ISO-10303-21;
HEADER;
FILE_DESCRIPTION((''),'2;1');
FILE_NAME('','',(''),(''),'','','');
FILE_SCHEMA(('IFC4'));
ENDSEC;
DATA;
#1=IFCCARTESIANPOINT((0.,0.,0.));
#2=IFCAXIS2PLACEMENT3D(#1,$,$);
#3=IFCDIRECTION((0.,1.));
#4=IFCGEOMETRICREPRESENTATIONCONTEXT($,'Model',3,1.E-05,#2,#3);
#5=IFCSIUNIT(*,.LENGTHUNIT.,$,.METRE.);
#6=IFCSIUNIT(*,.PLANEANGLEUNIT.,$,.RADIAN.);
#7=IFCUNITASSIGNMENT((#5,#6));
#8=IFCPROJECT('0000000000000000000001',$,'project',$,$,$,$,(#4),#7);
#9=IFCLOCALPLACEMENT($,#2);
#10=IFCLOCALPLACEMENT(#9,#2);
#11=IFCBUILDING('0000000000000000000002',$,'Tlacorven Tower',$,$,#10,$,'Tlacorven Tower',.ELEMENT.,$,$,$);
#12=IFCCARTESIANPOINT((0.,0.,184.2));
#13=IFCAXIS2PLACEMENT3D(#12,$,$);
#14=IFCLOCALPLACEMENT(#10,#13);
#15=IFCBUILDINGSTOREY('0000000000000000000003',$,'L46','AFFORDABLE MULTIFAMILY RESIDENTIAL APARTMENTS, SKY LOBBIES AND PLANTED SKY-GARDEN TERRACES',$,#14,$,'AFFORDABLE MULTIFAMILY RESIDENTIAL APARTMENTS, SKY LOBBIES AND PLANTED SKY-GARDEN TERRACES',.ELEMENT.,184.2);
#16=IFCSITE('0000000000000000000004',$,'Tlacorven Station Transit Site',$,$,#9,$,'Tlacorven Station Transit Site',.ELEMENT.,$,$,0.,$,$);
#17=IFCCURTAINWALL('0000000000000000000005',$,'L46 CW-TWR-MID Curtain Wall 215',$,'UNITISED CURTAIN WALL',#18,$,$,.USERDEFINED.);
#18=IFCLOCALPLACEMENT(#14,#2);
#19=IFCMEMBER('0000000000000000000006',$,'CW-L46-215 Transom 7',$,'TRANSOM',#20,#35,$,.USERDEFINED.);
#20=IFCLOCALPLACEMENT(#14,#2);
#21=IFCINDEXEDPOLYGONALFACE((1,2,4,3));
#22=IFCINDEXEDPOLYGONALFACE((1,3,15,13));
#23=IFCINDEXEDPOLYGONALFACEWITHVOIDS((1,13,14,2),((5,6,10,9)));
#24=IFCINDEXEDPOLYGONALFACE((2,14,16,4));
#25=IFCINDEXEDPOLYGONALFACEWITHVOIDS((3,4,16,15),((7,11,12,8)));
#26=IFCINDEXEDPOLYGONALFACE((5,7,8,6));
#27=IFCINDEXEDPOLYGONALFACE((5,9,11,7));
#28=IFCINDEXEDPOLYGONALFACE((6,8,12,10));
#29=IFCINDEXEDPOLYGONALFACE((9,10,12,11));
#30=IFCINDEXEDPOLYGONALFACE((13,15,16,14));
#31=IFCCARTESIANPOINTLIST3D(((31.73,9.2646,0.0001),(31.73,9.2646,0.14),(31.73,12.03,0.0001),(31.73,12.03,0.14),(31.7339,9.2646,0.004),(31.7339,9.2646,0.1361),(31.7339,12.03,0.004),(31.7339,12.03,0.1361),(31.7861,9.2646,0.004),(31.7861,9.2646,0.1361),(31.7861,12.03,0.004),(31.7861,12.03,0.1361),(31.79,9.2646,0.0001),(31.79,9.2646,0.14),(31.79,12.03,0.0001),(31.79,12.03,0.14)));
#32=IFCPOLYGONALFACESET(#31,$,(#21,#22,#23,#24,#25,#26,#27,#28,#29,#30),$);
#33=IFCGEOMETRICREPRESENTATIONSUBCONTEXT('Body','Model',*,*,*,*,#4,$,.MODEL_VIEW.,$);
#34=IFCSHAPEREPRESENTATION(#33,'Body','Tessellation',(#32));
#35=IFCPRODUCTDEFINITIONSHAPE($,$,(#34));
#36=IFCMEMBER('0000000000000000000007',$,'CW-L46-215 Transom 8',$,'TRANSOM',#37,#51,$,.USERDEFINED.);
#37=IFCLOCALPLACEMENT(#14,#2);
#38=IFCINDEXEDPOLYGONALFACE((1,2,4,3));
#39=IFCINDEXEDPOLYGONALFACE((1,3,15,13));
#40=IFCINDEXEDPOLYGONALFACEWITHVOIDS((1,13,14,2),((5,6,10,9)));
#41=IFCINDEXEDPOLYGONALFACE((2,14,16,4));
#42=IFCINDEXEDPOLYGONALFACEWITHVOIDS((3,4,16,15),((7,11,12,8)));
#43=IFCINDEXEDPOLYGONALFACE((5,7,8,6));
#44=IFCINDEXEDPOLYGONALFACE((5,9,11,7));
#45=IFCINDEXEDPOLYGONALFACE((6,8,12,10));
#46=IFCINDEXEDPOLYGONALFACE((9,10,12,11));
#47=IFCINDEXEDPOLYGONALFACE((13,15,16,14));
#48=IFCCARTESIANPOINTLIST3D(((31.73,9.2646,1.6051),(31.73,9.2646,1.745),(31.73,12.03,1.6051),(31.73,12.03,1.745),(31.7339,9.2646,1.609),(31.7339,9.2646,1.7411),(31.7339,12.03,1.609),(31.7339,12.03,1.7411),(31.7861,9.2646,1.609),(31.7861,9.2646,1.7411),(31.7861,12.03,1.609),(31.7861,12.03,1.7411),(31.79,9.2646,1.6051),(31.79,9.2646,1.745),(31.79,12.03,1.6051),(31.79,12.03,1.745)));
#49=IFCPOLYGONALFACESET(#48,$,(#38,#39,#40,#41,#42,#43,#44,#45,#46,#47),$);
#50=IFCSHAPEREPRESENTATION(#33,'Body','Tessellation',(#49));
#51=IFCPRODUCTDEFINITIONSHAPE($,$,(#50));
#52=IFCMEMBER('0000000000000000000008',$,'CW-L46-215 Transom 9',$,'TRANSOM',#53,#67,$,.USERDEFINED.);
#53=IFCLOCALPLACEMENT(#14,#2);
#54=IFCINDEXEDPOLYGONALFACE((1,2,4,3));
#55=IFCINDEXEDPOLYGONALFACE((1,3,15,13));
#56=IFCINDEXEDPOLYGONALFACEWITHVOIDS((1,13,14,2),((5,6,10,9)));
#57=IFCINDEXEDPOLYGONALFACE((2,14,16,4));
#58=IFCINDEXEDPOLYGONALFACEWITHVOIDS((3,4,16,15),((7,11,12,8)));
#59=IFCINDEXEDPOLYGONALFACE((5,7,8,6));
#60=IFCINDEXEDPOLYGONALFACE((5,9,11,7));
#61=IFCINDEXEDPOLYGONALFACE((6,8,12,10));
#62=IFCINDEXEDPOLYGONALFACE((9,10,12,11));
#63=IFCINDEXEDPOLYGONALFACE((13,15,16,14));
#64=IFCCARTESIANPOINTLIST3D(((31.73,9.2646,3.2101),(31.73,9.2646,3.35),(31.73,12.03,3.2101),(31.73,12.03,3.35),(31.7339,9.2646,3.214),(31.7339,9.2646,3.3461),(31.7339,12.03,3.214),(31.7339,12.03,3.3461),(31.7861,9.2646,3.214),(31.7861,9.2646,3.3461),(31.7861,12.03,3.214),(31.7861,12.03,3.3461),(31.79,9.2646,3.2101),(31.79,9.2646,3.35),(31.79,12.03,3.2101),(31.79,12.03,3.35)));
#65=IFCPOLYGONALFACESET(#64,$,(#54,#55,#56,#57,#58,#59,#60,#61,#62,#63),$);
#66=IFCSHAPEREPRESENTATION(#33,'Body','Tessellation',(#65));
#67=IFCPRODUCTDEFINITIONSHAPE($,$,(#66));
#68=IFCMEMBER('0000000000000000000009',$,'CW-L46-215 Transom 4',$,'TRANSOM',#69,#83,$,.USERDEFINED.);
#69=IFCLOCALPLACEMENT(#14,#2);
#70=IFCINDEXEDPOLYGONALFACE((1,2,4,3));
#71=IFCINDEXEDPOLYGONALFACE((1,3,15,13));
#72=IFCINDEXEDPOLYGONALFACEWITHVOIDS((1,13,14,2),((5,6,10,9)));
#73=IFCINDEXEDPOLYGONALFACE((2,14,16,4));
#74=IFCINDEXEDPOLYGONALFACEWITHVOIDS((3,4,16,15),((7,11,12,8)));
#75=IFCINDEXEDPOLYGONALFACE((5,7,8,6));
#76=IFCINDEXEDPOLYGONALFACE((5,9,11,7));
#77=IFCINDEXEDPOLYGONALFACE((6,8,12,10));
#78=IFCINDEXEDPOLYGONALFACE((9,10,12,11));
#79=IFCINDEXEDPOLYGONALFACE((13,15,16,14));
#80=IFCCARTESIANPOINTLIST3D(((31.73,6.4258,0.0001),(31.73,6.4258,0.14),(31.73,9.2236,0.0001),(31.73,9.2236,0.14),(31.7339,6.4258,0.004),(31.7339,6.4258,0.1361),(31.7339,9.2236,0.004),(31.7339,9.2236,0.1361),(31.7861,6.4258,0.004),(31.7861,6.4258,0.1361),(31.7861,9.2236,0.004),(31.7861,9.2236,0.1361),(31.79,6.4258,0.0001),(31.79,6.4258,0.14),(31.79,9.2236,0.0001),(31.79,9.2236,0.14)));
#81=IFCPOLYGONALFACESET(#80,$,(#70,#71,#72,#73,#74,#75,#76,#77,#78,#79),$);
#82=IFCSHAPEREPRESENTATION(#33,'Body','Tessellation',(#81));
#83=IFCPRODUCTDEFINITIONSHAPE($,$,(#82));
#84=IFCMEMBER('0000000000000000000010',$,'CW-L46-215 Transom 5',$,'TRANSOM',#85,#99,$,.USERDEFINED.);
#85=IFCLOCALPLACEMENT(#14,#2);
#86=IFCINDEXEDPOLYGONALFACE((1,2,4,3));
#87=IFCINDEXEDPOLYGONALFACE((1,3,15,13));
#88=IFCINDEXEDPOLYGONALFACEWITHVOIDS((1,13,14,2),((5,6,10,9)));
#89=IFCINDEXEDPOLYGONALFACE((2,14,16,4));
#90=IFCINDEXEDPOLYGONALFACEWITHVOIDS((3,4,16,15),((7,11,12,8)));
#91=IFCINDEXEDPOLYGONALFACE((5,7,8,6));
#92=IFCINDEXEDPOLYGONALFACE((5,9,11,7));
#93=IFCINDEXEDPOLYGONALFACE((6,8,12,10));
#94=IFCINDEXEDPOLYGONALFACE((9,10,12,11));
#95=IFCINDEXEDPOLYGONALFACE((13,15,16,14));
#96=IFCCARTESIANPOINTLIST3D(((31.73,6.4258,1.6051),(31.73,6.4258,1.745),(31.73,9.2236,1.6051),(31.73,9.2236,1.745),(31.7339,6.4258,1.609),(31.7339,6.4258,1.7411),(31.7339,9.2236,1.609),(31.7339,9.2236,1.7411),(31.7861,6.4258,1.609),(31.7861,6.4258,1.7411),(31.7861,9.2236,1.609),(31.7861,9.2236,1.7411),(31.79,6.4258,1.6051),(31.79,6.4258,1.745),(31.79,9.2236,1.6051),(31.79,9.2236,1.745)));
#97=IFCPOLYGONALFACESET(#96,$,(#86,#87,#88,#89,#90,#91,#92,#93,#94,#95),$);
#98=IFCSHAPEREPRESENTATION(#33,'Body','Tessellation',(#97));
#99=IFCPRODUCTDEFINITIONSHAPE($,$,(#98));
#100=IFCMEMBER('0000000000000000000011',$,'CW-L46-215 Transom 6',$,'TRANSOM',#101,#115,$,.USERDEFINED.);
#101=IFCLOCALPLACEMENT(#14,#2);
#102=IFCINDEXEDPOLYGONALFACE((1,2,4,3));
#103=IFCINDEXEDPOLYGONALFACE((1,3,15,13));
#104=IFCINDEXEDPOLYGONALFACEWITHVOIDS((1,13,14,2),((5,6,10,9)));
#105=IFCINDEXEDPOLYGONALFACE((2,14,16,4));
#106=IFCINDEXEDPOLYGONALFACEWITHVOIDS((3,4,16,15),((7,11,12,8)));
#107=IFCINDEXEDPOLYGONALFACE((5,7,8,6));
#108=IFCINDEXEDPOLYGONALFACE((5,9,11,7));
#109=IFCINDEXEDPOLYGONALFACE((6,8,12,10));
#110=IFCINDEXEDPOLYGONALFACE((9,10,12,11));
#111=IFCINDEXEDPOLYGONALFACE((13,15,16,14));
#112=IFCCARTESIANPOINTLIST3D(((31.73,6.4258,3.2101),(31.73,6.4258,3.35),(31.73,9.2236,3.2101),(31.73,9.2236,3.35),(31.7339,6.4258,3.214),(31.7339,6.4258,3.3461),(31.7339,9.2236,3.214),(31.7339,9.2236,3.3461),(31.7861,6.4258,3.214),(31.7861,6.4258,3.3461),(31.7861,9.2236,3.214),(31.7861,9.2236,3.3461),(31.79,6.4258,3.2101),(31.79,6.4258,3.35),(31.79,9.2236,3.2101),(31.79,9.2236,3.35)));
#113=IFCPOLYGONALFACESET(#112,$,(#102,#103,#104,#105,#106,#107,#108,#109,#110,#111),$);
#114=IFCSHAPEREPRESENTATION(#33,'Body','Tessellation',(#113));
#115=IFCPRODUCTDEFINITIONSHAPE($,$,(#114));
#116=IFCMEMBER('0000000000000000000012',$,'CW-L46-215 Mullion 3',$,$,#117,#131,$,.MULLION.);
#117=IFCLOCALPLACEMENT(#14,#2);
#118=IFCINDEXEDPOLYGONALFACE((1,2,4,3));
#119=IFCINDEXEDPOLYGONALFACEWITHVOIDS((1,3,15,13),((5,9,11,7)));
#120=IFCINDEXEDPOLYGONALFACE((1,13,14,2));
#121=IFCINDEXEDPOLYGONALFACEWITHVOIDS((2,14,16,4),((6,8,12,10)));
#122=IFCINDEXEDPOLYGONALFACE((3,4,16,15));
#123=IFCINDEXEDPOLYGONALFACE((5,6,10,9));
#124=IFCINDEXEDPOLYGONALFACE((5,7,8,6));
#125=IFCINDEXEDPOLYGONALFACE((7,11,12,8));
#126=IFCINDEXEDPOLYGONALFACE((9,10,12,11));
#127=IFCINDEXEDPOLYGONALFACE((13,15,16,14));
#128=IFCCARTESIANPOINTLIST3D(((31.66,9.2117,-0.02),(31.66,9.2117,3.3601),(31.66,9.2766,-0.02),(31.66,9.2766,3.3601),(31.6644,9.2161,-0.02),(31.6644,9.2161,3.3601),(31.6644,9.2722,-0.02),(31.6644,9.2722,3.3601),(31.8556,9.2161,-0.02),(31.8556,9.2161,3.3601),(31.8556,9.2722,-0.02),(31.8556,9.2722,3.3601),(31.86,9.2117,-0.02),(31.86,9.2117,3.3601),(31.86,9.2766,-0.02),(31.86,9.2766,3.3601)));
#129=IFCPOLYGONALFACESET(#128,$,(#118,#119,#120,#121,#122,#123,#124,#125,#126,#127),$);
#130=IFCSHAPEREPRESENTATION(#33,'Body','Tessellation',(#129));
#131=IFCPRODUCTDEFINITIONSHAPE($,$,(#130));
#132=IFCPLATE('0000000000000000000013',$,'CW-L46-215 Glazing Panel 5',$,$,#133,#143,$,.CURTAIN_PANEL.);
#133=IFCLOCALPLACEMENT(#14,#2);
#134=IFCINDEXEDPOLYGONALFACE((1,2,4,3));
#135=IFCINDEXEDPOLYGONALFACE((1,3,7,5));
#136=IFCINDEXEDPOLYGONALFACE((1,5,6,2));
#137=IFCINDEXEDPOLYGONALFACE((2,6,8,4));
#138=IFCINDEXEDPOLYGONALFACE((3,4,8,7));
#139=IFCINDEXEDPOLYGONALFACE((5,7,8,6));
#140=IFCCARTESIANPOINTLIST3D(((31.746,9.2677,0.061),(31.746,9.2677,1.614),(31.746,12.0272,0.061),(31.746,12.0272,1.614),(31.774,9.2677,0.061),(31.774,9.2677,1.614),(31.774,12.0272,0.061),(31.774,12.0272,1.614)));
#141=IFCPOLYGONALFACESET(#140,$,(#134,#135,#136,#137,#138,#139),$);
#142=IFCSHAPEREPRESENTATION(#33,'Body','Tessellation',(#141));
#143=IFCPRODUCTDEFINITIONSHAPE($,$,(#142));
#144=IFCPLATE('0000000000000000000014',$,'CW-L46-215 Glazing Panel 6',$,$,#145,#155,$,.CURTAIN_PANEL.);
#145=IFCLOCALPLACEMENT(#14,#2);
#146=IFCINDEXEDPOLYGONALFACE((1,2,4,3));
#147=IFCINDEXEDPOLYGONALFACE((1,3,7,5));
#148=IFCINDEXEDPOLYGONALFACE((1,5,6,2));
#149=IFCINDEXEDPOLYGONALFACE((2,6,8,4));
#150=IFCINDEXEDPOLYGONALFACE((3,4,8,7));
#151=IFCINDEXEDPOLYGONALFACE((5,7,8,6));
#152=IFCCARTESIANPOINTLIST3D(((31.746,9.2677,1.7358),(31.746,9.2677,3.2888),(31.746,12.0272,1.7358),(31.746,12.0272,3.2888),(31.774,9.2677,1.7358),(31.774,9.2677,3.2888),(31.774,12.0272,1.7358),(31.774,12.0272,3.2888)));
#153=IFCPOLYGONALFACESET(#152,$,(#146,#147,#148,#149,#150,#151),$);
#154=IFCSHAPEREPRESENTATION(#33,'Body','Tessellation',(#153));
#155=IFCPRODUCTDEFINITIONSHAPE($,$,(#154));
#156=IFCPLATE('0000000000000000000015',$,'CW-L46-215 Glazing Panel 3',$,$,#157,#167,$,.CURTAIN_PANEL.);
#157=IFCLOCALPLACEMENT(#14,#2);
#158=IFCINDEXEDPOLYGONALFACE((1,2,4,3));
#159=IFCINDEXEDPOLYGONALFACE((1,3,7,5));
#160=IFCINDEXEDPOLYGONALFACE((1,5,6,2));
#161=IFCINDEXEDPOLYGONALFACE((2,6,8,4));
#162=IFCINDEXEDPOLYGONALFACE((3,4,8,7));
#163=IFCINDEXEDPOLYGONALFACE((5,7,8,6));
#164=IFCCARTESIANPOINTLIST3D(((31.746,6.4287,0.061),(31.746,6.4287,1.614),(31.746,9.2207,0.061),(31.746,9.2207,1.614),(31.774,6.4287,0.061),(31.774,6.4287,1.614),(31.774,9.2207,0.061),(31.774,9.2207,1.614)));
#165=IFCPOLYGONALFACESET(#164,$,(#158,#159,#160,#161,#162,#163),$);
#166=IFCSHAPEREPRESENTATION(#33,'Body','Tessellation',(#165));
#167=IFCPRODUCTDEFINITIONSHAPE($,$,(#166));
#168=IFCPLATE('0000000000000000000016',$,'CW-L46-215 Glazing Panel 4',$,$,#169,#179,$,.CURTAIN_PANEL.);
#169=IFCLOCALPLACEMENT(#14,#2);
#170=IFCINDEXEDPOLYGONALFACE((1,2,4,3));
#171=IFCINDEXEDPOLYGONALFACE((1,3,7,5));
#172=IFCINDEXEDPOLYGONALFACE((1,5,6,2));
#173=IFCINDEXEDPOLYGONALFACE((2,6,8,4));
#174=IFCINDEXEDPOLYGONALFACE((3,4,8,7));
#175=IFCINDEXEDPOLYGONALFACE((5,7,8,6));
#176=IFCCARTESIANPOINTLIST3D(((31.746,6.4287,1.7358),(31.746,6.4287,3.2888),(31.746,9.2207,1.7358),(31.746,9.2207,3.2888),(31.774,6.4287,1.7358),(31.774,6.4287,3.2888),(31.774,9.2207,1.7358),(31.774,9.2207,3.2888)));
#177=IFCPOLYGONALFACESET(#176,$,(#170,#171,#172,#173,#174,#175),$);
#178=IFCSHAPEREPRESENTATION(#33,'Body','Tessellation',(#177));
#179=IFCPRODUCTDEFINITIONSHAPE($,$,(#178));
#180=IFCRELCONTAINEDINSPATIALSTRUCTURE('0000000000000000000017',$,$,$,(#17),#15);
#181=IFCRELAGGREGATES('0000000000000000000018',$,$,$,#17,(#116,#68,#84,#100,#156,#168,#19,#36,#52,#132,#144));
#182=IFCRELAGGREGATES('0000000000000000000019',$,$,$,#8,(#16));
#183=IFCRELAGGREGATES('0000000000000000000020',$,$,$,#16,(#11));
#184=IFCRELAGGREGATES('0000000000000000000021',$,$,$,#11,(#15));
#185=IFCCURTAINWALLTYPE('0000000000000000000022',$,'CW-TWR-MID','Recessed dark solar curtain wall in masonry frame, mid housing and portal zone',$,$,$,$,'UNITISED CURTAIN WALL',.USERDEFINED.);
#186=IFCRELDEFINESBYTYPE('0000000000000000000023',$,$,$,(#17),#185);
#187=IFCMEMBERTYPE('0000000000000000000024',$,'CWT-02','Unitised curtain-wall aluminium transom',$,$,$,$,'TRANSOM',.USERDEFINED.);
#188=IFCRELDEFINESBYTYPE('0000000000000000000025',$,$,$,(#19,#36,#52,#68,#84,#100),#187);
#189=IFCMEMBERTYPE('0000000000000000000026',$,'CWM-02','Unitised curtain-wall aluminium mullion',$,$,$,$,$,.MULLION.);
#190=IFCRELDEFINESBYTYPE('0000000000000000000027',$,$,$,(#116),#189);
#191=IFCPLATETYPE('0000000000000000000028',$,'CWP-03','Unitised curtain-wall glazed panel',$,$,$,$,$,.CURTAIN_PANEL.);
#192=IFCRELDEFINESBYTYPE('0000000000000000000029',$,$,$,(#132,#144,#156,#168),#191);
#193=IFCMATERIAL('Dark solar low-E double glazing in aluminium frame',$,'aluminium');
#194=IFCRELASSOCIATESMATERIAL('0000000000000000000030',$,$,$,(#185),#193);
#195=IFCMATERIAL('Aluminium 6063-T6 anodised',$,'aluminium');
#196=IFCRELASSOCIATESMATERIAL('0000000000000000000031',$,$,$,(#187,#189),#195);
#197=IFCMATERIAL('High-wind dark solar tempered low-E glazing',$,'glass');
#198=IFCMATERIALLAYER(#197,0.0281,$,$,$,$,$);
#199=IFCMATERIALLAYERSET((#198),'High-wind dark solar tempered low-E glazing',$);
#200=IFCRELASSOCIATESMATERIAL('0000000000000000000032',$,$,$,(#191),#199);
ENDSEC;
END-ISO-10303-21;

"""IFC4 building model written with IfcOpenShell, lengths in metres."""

from ifc_helpers import new_model, si_unit, direction, frame, origin, origin_2d, place, context, subcontext, project, spatial, rectangle, hollow_rectangle, extrude, source, transform, mapped, material, layer, layer_set, material_profile, profile_set, type_object, element, aggregate, save


model = new_model("IFC4")

# Units and contexts
model_context = context("Model", 3, precision=1e-05, world=origin(), true_north=direction((0.0, 1.0)))
body_context = subcontext(model_context, "Body", "Model", "MODEL_VIEW")
ifc_project = project(units=[si_unit("LENGTHUNIT", "METRE"), si_unit("PLANEANGLEUNIT", "RADIAN")], contexts=[model_context])

# Site, building, storey
site_placement = place(None, origin())
site = spatial("IfcSite", under=ifc_project, at=site_placement, Name="Tlacorven Station Transit Site", LongName="Tlacorven Station Transit Site", CompositionType="ELEMENT", RefElevation=0.0)
building_placement = place(site_placement, origin())
building = spatial("IfcBuilding", under=site, at=building_placement, Name="Tlacorven Tower", LongName="Tlacorven Tower", CompositionType="ELEMENT")
storey_placement = place(building_placement, frame((0.0, 0.0, 184.2)))
storey = spatial("IfcBuildingStorey", under=building, at=storey_placement, Name="L46", Description="AFFORDABLE MULTIFAMILY RESIDENTIAL APARTMENTS, SKY LOBBIES AND PLANTED SKY-GARDEN TERRACES", LongName="AFFORDABLE MULTIFAMILY RESIDENTIAL APARTMENTS, SKY LOBBIES AND PLANTED SKY-GARDEN TERRACES", CompositionType="ELEMENT", Elevation=184.2)

# Curtain wall, members, plates
ifc_material_1 = material(Name="Dark solar low-E double glazing in aluminium frame", Category="aluminium")
curtain_wall_type = type_object("IfcCurtainWallType", Name="CW-TWR-MID", Description="Recessed dark solar curtain wall in masonry frame, mid housing and portal zone", ElementType="UNITISED CURTAIN WALL", PredefinedType="USERDEFINED", material=ifc_material_1)
curtain_wall_placement = place(storey_placement, origin())
curtain_wall = element("IfcCurtainWall", 1, at=curtain_wall_placement, inside=storey, type_object=curtain_wall_type, Name="L46 CW-TWR-MID Curtain Wall 215", ObjectType="UNITISED CURTAIN WALL", PredefinedType="USERDEFINED")
ifc_material_2 = material(Name="Aluminium 6063-T6 anodised", Category="aluminium")
ifc_material_profile_1 = material_profile(ifc_material_2, hollow_rectangle(XDim=0.0601, YDim=0.1399, WallThickness=0.0039, at=origin_2d()), Name="ALU TRANSOM 60X140")
ifc_profile_set_1 = profile_set([ifc_material_profile_1], Name="Aluminium 6063-T6 anodised")
member_type_1 = type_object("IfcMemberType", Name="CWT-02", Description="Unitised curtain-wall aluminium transom", ElementType="TRANSOM", PredefinedType="USERDEFINED", material=ifc_profile_set_1)
shared_shape_1 = source(origin(), body_context, "Body", "SweptSolid", [
    extrude(hollow_rectangle(XDim=0.0601, YDim=0.1399, WallThickness=0.0039, at=origin_2d()), origin(), (0.0, 0.0, 1.0), 2.7654),
])
member_1_placement = place(storey_placement, frame((31.76, 9.2646, 0.0701), z_axis=(0.0, 1.0, 0.0), x_axis=(-1.0, 0.0, 0.0)))
member_1 = element("IfcMember", 2, at=member_1_placement, type_object=member_type_1, Name="CW-L46-215 Transom 7", ObjectType="TRANSOM", PredefinedType="USERDEFINED", context=body_context, shape_type="MappedRepresentation", body=[
    mapped(shared_shape_1, transform((0.0, 0.0, 0.0), scale=1.0)),
])
member_2_placement = place(storey_placement, frame((31.76, 9.2646, 1.675), z_axis=(0.0, 1.0, 0.0), x_axis=(-1.0, 0.0, 0.0)))
member_2 = element("IfcMember", 3, at=member_2_placement, type_object=member_type_1, Name="CW-L46-215 Transom 8", ObjectType="TRANSOM", PredefinedType="USERDEFINED", context=body_context, shape_type="MappedRepresentation", body=[
    mapped(shared_shape_1, transform((0.0, 0.0, 0.0), scale=1.0)),
])
member_3_placement = place(storey_placement, frame((31.76, 9.2646, 3.28), z_axis=(0.0, 1.0, 0.0), x_axis=(-1.0, 0.0, 0.0)))
member_3 = element("IfcMember", 4, at=member_3_placement, type_object=member_type_1, Name="CW-L46-215 Transom 9", ObjectType="TRANSOM", PredefinedType="USERDEFINED", context=body_context, shape_type="MappedRepresentation", body=[
    mapped(shared_shape_1, transform((0.0, 0.0, 0.0), scale=1.0)),
])
shared_shape_2 = source(origin(), body_context, "Body", "SweptSolid", [
    extrude(hollow_rectangle(XDim=0.0601, YDim=0.1399, WallThickness=0.0039, at=origin_2d()), origin(), (0.0, 0.0, 1.0), 2.7979),
])
member_4_placement = place(storey_placement, frame((31.76, 6.4258, 0.0701), z_axis=(0.0, 1.0, 0.0), x_axis=(-1.0, 0.0, 0.0)))
member_4 = element("IfcMember", 5, at=member_4_placement, type_object=member_type_1, Name="CW-L46-215 Transom 4", ObjectType="TRANSOM", PredefinedType="USERDEFINED", context=body_context, shape_type="MappedRepresentation", body=[
    mapped(shared_shape_2, transform((0.0, 0.0, 0.0), scale=1.0)),
])
member_5_placement = place(storey_placement, frame((31.76, 6.4258, 1.675), z_axis=(0.0, 1.0, 0.0), x_axis=(-1.0, 0.0, 0.0)))
member_5 = element("IfcMember", 6, at=member_5_placement, type_object=member_type_1, Name="CW-L46-215 Transom 5", ObjectType="TRANSOM", PredefinedType="USERDEFINED", context=body_context, shape_type="MappedRepresentation", body=[
    mapped(shared_shape_2, transform((0.0, 0.0, 0.0), scale=1.0)),
])
member_6_placement = place(storey_placement, frame((31.76, 6.4258, 3.28), z_axis=(0.0, 1.0, 0.0), x_axis=(-1.0, 0.0, 0.0)))
member_6 = element("IfcMember", 7, at=member_6_placement, type_object=member_type_1, Name="CW-L46-215 Transom 6", ObjectType="TRANSOM", PredefinedType="USERDEFINED", context=body_context, shape_type="MappedRepresentation", body=[
    mapped(shared_shape_2, transform((0.0, 0.0, 0.0), scale=1.0)),
])
ifc_material_profile_2 = material_profile(ifc_material_2, hollow_rectangle(XDim=0.0649, YDim=0.2, WallThickness=0.0044, at=origin_2d()), Name="ALU MULLION 65X200")
ifc_profile_set_2 = profile_set([ifc_material_profile_2], Name="Aluminium 6063-T6 anodised")
member_type_2 = type_object("IfcMemberType", Name="CWM-02", Description="Unitised curtain-wall aluminium mullion", PredefinedType="MULLION", material=ifc_profile_set_2)
shared_shape_3 = source(origin(), body_context, "Body", "SweptSolid", [
    extrude(hollow_rectangle(XDim=0.0649, YDim=0.2, WallThickness=0.0044, at=origin_2d()), origin(), (0.0, 0.0, 1.0), 3.3801),
])
member_7_placement = place(storey_placement, frame((31.76, 9.2441, -0.02), z_axis=(0.0, 0.0, 1.0), x_axis=(0.0, 1.0, 0.0)))
member_7 = element("IfcMember", 8, at=member_7_placement, type_object=member_type_2, Name="CW-L46-215 Mullion 3", PredefinedType="MULLION", context=body_context, shape_type="MappedRepresentation", body=[
    mapped(shared_shape_3, transform((0.0, 0.0, 0.0), scale=1.0)),
])
ifc_material_3 = material(Name="High-wind dark solar tempered low-E glazing", Category="glass")
ifc_layer = layer(ifc_material_3, 0.0281)
ifc_layer_set = layer_set([ifc_layer], Name="High-wind dark solar tempered low-E glazing")
plate_type = type_object("IfcPlateType", Name="CWP-03", Description="Unitised curtain-wall glazed panel", PredefinedType="CURTAIN_PANEL", material=ifc_layer_set)
shared_shape_4 = source(origin(), body_context, "Body", "SweptSolid", [
    extrude(rectangle(XDim=2.7595, YDim=0.0281, at=origin_2d()), origin(), (0.0, 0.0, 1.0), 1.553),
])
plate_1_placement = place(storey_placement, frame((31.76, 10.6475, 0.061), z_axis=(0.0, 0.0, 1.0), x_axis=(0.0, 1.0, 0.0)))
plate_1 = element("IfcPlate", 9, at=plate_1_placement, type_object=plate_type, Name="CW-L46-215 Glazing Panel 5", PredefinedType="CURTAIN_PANEL", context=body_context, shape_type="MappedRepresentation", body=[
    mapped(shared_shape_4, transform((0.0, 0.0, 0.0), scale=1.0)),
])
plate_2_placement = place(storey_placement, frame((31.76, 10.6475, 1.7358), z_axis=(0.0, 0.0, 1.0), x_axis=(0.0, 1.0, 0.0)))
plate_2 = element("IfcPlate", 10, at=plate_2_placement, type_object=plate_type, Name="CW-L46-215 Glazing Panel 6", PredefinedType="CURTAIN_PANEL", context=body_context, shape_type="MappedRepresentation", body=[
    mapped(shared_shape_4, transform((0.0, 0.0, 0.0), scale=1.0)),
])
shared_shape_5 = source(origin(), body_context, "Body", "SweptSolid", [
    extrude(rectangle(XDim=2.792, YDim=0.0281, at=origin_2d()), origin(), (0.0, 0.0, 1.0), 1.553),
])
plate_3_placement = place(storey_placement, frame((31.76, 7.8247, 0.061), z_axis=(0.0, 0.0, 1.0), x_axis=(0.0, 1.0, 0.0)))
plate_3 = element("IfcPlate", 11, at=plate_3_placement, type_object=plate_type, Name="CW-L46-215 Glazing Panel 3", PredefinedType="CURTAIN_PANEL", context=body_context, shape_type="MappedRepresentation", body=[
    mapped(shared_shape_5, transform((0.0, 0.0, 0.0), scale=1.0)),
])
plate_4_placement = place(storey_placement, frame((31.76, 7.8247, 1.7358), z_axis=(0.0, 0.0, 1.0), x_axis=(0.0, 1.0, 0.0)))
plate_4 = element("IfcPlate", 12, at=plate_4_placement, type_object=plate_type, Name="CW-L46-215 Glazing Panel 4", PredefinedType="CURTAIN_PANEL", context=body_context, shape_type="MappedRepresentation", body=[
    mapped(shared_shape_5, transform((0.0, 0.0, 0.0), scale=1.0)),
])
aggregate(curtain_wall, [member_7, member_4, member_5, member_6, plate_3, plate_4, member_1, member_2, member_3, plate_1, plate_2])

save(model, "model.ifc")
